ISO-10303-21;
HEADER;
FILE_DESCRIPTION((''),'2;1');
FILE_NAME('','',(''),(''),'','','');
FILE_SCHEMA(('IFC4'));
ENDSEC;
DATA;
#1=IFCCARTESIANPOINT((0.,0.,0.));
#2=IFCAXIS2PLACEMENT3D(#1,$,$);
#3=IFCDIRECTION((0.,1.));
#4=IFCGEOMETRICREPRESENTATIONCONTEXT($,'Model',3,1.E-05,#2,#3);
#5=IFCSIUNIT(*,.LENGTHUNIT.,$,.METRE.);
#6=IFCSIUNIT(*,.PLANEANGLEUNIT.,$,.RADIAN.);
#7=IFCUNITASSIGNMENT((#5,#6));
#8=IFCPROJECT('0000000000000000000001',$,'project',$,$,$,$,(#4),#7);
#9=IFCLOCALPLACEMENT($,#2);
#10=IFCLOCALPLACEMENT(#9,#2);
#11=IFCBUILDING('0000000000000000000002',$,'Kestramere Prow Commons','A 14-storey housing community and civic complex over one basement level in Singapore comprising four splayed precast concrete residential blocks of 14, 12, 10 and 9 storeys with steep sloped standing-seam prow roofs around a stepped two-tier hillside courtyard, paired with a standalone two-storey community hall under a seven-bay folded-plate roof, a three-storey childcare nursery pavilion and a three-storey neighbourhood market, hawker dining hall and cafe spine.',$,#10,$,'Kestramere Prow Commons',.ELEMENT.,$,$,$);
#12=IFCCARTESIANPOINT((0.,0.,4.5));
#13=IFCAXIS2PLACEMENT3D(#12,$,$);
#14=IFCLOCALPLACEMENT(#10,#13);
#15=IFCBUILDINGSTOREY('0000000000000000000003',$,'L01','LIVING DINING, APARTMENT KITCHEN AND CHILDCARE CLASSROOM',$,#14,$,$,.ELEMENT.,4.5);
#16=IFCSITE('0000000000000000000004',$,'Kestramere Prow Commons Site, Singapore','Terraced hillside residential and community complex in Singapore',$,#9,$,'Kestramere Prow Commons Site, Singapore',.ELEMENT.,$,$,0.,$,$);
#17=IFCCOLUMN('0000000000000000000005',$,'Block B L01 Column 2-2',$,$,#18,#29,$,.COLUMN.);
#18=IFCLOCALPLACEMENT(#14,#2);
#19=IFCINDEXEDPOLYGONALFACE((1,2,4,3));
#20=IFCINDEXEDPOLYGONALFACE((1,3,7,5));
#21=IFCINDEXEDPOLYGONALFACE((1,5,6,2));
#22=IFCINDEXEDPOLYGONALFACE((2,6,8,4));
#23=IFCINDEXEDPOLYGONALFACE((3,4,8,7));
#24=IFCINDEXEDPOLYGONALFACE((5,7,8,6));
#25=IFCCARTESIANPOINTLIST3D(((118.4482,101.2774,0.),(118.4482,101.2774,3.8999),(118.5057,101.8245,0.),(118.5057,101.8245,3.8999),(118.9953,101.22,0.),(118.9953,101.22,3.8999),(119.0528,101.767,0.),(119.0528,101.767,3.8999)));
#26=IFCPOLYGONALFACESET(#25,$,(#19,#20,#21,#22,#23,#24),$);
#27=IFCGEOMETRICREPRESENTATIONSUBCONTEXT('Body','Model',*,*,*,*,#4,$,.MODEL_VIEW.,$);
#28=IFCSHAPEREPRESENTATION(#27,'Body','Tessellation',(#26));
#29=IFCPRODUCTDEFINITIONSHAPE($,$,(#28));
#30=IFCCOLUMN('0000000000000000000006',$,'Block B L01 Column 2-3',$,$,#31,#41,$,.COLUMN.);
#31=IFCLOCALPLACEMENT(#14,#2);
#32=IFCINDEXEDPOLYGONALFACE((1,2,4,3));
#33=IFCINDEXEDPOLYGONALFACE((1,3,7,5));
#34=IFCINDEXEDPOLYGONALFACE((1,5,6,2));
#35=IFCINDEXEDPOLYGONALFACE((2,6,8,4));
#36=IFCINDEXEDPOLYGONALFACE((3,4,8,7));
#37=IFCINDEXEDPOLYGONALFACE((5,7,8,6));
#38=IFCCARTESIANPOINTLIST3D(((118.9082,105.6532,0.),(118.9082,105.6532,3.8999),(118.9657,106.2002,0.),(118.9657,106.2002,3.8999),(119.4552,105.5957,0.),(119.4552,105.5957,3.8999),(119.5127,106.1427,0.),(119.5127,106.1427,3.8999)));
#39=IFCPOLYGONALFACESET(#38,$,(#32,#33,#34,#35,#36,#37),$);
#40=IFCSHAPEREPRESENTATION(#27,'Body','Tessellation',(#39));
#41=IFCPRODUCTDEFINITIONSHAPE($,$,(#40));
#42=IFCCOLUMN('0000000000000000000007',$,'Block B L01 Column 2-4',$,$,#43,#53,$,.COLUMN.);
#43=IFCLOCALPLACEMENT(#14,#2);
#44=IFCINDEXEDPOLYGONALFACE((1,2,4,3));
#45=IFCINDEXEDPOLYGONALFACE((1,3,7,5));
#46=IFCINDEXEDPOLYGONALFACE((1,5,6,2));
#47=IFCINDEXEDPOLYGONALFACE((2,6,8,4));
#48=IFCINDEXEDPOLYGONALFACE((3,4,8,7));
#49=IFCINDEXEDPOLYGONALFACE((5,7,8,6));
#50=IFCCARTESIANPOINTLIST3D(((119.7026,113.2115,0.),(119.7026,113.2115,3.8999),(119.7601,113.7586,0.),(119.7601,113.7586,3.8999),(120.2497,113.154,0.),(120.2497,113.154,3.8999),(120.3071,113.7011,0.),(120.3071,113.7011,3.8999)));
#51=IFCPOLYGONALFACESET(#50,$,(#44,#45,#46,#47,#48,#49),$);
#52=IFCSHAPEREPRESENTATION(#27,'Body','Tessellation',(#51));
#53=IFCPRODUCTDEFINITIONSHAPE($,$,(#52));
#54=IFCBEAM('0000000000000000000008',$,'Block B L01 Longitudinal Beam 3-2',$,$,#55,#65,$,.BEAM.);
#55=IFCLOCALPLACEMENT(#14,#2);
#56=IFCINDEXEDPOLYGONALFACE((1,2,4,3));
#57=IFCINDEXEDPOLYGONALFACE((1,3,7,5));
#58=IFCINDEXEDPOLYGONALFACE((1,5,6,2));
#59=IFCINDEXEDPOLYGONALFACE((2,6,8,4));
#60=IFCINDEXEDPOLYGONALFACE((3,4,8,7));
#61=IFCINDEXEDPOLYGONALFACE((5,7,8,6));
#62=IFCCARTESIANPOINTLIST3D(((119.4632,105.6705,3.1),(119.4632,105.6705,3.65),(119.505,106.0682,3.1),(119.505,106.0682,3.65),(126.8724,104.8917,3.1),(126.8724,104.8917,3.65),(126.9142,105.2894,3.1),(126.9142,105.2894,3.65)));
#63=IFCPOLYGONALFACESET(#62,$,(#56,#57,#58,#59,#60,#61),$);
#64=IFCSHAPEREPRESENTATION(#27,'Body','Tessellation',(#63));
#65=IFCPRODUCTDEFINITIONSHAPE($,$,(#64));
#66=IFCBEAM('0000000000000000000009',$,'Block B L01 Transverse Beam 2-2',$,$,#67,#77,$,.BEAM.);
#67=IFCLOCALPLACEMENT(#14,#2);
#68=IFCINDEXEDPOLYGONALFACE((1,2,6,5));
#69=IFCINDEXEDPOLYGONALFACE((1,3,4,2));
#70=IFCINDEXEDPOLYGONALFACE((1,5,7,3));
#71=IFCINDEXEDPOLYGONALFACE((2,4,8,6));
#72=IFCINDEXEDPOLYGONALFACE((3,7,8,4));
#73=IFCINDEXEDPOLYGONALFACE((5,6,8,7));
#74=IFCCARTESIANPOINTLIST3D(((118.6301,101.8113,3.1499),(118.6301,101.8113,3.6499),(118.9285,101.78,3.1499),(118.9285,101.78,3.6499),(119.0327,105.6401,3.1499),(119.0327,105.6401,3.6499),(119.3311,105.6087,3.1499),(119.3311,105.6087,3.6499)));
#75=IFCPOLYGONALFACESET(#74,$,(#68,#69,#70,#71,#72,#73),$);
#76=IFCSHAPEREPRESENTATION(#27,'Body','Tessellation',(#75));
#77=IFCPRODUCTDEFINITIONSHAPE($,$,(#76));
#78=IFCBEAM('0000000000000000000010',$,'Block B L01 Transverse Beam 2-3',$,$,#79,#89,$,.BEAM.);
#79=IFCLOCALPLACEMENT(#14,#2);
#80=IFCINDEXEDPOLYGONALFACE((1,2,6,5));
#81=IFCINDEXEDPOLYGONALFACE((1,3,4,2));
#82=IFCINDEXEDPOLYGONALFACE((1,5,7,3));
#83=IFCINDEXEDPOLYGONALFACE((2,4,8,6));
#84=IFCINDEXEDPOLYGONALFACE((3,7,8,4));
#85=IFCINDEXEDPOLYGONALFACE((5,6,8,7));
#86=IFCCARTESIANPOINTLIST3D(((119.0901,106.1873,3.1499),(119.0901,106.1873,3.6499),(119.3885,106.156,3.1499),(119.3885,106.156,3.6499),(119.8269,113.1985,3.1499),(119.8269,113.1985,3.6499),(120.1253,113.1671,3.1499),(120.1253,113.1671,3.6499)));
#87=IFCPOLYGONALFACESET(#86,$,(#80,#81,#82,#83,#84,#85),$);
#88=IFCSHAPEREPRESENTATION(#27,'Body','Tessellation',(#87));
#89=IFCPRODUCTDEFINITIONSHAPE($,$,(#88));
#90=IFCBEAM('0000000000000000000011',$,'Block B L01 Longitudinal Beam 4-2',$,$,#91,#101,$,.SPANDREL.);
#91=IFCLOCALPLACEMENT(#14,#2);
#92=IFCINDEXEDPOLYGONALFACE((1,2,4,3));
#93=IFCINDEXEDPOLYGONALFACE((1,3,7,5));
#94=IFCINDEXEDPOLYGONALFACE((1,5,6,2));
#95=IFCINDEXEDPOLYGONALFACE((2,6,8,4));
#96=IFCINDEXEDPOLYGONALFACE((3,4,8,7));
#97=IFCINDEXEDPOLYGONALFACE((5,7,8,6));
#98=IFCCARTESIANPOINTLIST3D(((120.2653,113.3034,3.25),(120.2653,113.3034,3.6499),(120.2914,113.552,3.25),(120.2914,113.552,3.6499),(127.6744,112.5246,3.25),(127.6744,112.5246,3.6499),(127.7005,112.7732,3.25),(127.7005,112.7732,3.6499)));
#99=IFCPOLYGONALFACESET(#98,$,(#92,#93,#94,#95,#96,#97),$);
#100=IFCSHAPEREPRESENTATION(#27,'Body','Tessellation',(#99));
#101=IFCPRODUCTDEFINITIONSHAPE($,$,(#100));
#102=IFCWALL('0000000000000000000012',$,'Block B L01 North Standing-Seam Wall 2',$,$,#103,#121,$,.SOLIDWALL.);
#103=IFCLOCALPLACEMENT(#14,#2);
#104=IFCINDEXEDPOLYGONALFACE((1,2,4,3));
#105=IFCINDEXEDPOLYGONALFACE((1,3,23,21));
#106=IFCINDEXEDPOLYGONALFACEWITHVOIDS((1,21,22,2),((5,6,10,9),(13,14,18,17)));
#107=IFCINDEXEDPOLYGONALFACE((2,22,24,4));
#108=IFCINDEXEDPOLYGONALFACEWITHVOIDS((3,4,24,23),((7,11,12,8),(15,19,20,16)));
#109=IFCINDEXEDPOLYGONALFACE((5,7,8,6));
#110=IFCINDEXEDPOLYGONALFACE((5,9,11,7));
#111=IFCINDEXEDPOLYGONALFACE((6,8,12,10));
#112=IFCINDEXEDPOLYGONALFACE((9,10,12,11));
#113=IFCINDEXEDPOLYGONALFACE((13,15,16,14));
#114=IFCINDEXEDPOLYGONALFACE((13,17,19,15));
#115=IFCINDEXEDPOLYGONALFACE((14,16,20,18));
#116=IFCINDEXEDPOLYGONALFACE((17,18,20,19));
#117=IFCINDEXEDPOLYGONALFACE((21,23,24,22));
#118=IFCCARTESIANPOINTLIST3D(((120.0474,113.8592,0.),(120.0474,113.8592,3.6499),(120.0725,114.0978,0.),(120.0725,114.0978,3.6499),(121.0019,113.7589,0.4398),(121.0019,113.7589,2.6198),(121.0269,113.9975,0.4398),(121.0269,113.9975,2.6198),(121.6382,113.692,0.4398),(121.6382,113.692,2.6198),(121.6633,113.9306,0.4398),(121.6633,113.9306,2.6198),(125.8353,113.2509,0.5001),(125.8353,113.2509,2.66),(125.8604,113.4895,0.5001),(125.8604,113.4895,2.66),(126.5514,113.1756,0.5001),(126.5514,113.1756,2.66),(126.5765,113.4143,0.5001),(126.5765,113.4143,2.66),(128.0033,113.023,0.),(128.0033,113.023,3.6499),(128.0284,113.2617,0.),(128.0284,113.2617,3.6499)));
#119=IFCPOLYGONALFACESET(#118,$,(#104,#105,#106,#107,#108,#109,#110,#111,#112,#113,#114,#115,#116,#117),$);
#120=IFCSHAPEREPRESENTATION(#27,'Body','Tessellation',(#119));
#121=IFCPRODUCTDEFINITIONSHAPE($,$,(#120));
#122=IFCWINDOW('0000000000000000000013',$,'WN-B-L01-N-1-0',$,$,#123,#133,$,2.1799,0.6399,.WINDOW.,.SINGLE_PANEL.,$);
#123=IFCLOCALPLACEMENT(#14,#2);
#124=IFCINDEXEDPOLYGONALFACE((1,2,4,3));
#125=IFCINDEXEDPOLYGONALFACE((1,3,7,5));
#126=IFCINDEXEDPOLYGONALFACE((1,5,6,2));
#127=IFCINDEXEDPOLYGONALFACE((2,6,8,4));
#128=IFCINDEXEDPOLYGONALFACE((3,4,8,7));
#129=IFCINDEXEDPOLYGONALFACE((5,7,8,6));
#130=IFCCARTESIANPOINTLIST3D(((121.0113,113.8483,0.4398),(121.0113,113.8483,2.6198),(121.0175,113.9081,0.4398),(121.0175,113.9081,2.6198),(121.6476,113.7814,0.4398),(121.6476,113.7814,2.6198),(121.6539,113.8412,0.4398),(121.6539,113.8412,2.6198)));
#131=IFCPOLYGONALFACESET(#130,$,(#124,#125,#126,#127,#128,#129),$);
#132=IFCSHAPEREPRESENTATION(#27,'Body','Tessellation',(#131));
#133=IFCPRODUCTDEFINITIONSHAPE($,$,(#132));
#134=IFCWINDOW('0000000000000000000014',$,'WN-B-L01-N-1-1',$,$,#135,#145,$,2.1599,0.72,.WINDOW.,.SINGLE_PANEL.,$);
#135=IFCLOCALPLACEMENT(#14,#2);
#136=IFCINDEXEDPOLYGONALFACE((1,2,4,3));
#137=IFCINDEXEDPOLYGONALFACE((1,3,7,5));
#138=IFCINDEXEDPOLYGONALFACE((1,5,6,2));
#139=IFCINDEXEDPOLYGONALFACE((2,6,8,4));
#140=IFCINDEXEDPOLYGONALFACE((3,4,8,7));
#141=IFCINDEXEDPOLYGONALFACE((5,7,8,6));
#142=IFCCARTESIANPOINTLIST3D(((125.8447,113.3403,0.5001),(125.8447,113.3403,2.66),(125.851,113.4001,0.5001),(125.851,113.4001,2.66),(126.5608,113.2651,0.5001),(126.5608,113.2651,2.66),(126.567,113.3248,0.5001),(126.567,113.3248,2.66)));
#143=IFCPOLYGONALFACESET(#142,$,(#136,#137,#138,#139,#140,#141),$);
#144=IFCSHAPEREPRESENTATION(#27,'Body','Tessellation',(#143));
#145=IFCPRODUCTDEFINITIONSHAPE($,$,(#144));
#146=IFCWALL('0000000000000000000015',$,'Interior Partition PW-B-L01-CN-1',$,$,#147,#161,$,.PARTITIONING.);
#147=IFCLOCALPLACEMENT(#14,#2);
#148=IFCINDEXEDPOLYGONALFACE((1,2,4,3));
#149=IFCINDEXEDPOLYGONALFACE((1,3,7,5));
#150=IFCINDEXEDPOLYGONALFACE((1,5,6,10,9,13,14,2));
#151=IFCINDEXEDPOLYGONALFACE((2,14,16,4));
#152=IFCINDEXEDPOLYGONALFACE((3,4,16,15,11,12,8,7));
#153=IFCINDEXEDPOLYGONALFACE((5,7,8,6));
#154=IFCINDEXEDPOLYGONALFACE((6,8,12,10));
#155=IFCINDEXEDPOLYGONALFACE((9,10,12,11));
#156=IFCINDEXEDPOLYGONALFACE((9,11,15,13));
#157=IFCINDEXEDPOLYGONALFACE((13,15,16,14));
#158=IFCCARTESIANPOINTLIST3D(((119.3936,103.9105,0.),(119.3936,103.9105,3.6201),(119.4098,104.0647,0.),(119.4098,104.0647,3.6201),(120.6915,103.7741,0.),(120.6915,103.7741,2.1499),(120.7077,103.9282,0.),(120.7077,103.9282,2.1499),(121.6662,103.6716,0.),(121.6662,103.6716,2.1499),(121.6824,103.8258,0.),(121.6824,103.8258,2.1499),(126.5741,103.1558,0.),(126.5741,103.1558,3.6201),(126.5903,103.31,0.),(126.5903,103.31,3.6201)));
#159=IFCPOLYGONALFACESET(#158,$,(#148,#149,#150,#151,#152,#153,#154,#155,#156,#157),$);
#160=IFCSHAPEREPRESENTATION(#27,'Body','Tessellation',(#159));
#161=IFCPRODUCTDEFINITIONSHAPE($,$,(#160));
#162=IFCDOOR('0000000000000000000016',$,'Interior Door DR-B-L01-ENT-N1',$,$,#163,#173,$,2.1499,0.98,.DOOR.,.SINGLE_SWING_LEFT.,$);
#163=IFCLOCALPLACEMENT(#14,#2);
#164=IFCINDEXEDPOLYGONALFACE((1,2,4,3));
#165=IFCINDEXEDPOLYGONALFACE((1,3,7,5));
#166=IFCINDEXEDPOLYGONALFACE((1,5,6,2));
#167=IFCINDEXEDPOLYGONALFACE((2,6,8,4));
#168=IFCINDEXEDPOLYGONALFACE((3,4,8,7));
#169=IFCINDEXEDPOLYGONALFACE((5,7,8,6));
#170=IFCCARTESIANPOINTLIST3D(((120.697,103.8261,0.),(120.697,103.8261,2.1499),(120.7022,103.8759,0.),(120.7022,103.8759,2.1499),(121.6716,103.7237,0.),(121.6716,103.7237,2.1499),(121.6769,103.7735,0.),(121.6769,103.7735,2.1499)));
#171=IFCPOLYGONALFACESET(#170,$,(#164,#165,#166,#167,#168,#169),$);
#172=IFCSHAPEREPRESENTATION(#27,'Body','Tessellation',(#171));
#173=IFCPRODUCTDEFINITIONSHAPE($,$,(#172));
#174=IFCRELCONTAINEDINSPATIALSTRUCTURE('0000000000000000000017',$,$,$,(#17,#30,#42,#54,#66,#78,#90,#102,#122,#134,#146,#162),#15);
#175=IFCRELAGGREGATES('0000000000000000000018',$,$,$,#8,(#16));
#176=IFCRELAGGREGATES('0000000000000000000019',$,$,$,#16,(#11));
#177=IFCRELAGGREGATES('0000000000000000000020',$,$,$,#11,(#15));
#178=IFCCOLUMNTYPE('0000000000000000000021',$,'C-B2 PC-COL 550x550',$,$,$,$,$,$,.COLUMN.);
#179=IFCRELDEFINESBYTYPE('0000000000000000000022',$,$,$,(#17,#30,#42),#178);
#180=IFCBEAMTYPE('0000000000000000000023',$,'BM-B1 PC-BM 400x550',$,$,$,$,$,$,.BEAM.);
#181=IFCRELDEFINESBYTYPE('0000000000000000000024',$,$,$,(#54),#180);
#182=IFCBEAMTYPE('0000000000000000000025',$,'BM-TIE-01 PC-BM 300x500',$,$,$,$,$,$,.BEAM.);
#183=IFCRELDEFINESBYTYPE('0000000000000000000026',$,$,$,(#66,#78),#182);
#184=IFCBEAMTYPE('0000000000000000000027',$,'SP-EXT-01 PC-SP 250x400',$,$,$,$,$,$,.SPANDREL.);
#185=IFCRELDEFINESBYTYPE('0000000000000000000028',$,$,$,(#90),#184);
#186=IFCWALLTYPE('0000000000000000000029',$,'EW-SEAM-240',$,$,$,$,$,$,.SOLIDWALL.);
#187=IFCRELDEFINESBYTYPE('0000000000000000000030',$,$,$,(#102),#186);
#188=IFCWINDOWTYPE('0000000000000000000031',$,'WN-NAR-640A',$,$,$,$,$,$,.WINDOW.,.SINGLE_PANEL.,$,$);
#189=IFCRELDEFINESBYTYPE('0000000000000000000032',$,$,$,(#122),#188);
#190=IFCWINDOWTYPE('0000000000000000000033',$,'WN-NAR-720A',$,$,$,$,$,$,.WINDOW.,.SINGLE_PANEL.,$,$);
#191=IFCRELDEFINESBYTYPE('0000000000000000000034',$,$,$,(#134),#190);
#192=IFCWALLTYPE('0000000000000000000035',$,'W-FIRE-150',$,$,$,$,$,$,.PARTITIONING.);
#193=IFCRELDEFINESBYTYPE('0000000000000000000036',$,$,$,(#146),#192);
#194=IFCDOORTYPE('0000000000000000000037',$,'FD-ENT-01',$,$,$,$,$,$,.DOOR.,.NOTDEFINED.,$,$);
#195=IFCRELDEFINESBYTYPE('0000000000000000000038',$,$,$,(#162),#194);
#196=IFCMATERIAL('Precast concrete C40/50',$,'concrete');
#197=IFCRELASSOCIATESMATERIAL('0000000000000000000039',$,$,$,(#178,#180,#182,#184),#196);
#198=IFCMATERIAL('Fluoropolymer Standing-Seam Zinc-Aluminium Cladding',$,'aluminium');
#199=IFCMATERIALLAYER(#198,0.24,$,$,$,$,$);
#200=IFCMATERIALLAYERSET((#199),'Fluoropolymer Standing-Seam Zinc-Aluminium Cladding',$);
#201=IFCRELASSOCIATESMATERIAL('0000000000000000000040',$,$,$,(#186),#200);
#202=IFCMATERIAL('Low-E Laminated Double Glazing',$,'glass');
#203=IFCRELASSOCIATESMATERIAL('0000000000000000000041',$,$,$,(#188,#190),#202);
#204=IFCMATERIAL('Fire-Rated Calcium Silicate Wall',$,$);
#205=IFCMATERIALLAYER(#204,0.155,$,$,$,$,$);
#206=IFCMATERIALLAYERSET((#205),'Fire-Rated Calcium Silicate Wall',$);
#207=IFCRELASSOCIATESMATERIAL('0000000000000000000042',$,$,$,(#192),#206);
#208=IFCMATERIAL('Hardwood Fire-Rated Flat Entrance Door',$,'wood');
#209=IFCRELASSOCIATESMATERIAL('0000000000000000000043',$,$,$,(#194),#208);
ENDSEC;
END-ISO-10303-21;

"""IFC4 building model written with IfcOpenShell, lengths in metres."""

from ifc_helpers import new_model, si_unit, direction, frame, frame_2d, origin, origin_2d, place, context, subcontext, project, spatial, rectangle, extrude, material, layer, layer_set, material_profile, profile_set, type_object, element, fill, save


model = new_model("IFC4")

# Units and contexts
model_context = context("Model", 3, precision=1e-05, world=origin(), true_north=direction((0.0, 1.0)))
body_context = subcontext(model_context, "Body", "Model", "MODEL_VIEW")
ifc_project = project(units=[si_unit("LENGTHUNIT", "METRE"), si_unit("PLANEANGLEUNIT", "RADIAN")], contexts=[model_context])

# Site, building, storey
site_placement = place(None, origin())
site = spatial("IfcSite", under=ifc_project, at=site_placement, Name="Kestramere Prow Commons Site, Singapore", Description="Terraced hillside residential and community complex in Singapore", LongName="Kestramere Prow Commons Site, Singapore", CompositionType="ELEMENT", RefElevation=0.0)
building_placement = place(site_placement, origin())
building = spatial("IfcBuilding", under=site, at=building_placement, Name="Kestramere Prow Commons", Description="A 14-storey housing community and civic complex over one basement level in Singapore comprising four splayed precast concrete residential blocks of 14, 12, 10 and 9 storeys with steep sloped standing-seam prow roofs around a stepped two-tier hillside courtyard, paired with a standalone two-storey community hall under a seven-bay folded-plate roof, a three-storey childcare nursery pavilion and a three-storey neighbourhood market, hawker dining hall and cafe spine.", LongName="Kestramere Prow Commons", CompositionType="ELEMENT")
storey_placement = place(building_placement, frame((0.0, 0.0, 4.5)))
storey = spatial("IfcBuildingStorey", under=building, at=storey_placement, Name="L01", Description="LIVING DINING, APARTMENT KITCHEN AND CHILDCARE CLASSROOM", CompositionType="ELEMENT", Elevation=4.5)

# Columns
ifc_material_1 = material(Name="Precast concrete C40/50", Category="concrete")
ifc_material_profile_1 = material_profile(ifc_material_1, rectangle(XDim=0.55, YDim=0.55, at=origin_2d()), Name="PC-COL 550x550")
ifc_profile_set_1 = profile_set([ifc_material_profile_1], Name="Precast concrete C40/50")
column_type = type_object("IfcColumnType", Name="C-B2 PC-COL 550x550", PredefinedType="COLUMN", material=ifc_profile_set_1)
for number, where, z_axis, x_axis, name in (
    (1, (118.7505, 101.5222, 0.0), (0.0, 0.0, 1.0), (0.994522, -0.104528, 0.0), "Block B L01 Column 2-2"),
    (2, (119.2104, 105.8979, 0.0), (0.0, 0.0, 1.0), (0.994522, -0.104528, 0.0), "Block B L01 Column 2-3"),
    (3, (120.0049, 113.4563, 0.0), (0.0, 0.0, 1.0), (0.994522, -0.104528, 0.0), "Block B L01 Column 2-4"),
):
    element("IfcColumn", number, at=place(storey_placement, frame(where, z_axis=z_axis, x_axis=x_axis)), inside=storey, type_object=column_type, Name=name, PredefinedType="COLUMN", context=body_context, shape_type="SweptSolid", body=[
        extrude(rectangle(XDim=0.55, YDim=0.55, at=origin_2d()), origin(), (0.0, 0.0, 1.0), 3.8999),
    ])

# Beams
ifc_material_profile_2 = material_profile(ifc_material_1, rectangle(XDim=0.3999, YDim=0.55, at=origin_2d()), Name="PC-BM 400x550")
ifc_profile_set_2 = profile_set([ifc_material_profile_2], Name="Precast concrete C40/50")
beam_type_1 = type_object("IfcBeamType", Name="BM-B1 PC-BM 400x550", PredefinedType="BEAM", material=ifc_profile_set_2)
beam_1_placement = place(storey_placement, frame((119.4841, 105.8694, 3.375), z_axis=(0.994521, -0.104538, 0.0), x_axis=(0.104538, 0.994521, 0.0)))
element("IfcBeam", 4, at=beam_1_placement, inside=storey, type_object=beam_type_1, Name="Block B L01 Longitudinal Beam 3-2", PredefinedType="BEAM", context=body_context, shape_type="SweptSolid", body=[
    extrude(rectangle(XDim=0.3999, YDim=0.55, at=origin_2d()), origin(), (0.0, 0.0, 1.0), 7.45),
])
ifc_material_profile_3 = material_profile(ifc_material_1, rectangle(XDim=0.3, YDim=0.5, at=origin_2d()), Name="PC-BM 300x500")
ifc_profile_set_3 = profile_set([ifc_material_profile_3], Name="Precast concrete C40/50")
beam_type_2 = type_object("IfcBeamType", Name="BM-TIE-01 PC-BM 300x500", PredefinedType="BEAM", material=ifc_profile_set_3)
beam_2_placement = place(storey_placement, frame((118.7793, 101.7957, 3.3999), z_axis=(0.104569, 0.994518, 0.0), x_axis=(-0.994518, 0.104569, 0.0)))
element("IfcBeam", 5, at=beam_2_placement, inside=storey, type_object=beam_type_2, Name="Block B L01 Transverse Beam 2-2", PredefinedType="BEAM", context=body_context, shape_type="SweptSolid", body=[
    extrude(rectangle(XDim=0.3, YDim=0.5, at=origin_2d()), origin(), (0.0, 0.0, 1.0), 3.8499),
])
beam_3_placement = place(storey_placement, frame((119.2393, 106.1716, 3.3999), z_axis=(0.104515, 0.994523, 0.0), x_axis=(-0.994523, 0.104515, 0.0)))
element("IfcBeam", 6, at=beam_3_placement, inside=storey, type_object=beam_type_2, Name="Block B L01 Transverse Beam 2-3", PredefinedType="BEAM", context=body_context, shape_type="SweptSolid", body=[
    extrude(rectangle(XDim=0.3, YDim=0.5, at=origin_2d()), origin(), (0.0, 0.0, 1.0), 7.0498),
])
ifc_material_profile_4 = material_profile(ifc_material_1, rectangle(XDim=0.25, YDim=0.3999, at=origin_2d()), Name="PC-SP 250x400")
ifc_profile_set_4 = profile_set([ifc_material_profile_4], Name="Precast concrete C40/50")
beam_type_3 = type_object("IfcBeamType", Name="SP-EXT-01 PC-SP 250x400", PredefinedType="SPANDREL", material=ifc_profile_set_4)
beam_4_placement = place(storey_placement, frame((120.2783, 113.4277, 3.45), z_axis=(0.994521, -0.104538, 0.0), x_axis=(0.104538, 0.994521, 0.0)))
element("IfcBeam", 7, at=beam_4_placement, inside=storey, type_object=beam_type_3, Name="Block B L01 Longitudinal Beam 4-2", PredefinedType="SPANDREL", context=body_context, shape_type="SweptSolid", body=[
    extrude(rectangle(XDim=0.25, YDim=0.3999, at=origin_2d()), origin(), (0.0, 0.0, 1.0), 7.45),
])

# Wall, openings, windows
ifc_material_2 = material(Name="Fluoropolymer Standing-Seam Zinc-Aluminium Cladding", Category="aluminium")
ifc_layer_1 = layer(ifc_material_2, 0.24)
ifc_layer_set_1 = layer_set([ifc_layer_1], Name="Fluoropolymer Standing-Seam Zinc-Aluminium Cladding")
wall_type_1 = type_object("IfcWallType", Name="EW-SEAM-240", PredefinedType="SOLIDWALL", material=ifc_layer_set_1)
wall_1_placement = place(storey_placement, frame((120.0598, 113.9785, 0.0), z_axis=(0.0, 0.0, 1.0), x_axis=(0.994522, -0.104524, 0.0)))
wall_1 = element("IfcWall", 8, at=wall_1_placement, inside=storey, type_object=wall_type_1, Name="Block B L01 North Standing-Seam Wall 2", PredefinedType="SOLIDWALL", context=body_context, shape_type="SweptSolid", body=[
    extrude(rectangle(XDim=7.9998, YDim=0.24, at=frame_2d((4.0, 0.0))), origin(), (0.0, 0.0, 1.0), 3.6499),
])
opening_1_placement = place(wall_1_placement, frame((0.96, 0.0, 0.4399)))
opening_1 = element("IfcOpeningElement", 9, at=opening_1_placement, cuts=wall_1, PredefinedType="OPENING", context=body_context, shape_type="SweptSolid", body=[
    extrude(rectangle(XDim=0.6399, YDim=2.1799, at=frame_2d((0.3198, 1.0898))), frame((0.0, 0.135, 0.0), z_axis=(0.0, -1.0, 0.0), x_axis=(1.0, 0.0, 0.0)), (0.0, 0.0, 1.0), 0.27),
])
opening_2_placement = place(wall_1_placement, frame((5.8201, 0.0, 0.5)))
opening_2 = element("IfcOpeningElement", 10, at=opening_2_placement, cuts=wall_1, PredefinedType="OPENING", context=body_context, shape_type="SweptSolid", body=[
    extrude(rectangle(XDim=0.72, YDim=2.1599, at=frame_2d((0.3599, 1.0801))), frame((0.0, 0.135, 0.0), z_axis=(0.0, -1.0, 0.0), x_axis=(1.0, 0.0, 0.0)), (0.0, 0.0, 1.0), 0.27),
])
ifc_material_3 = material(Name="Low-E Laminated Double Glazing", Category="glass")
window_type_1 = type_object("IfcWindowType", Name="WN-NAR-640A", PartitioningType="SINGLE_PANEL", PredefinedType="WINDOW", material=ifc_material_3)
window_1_placement = place(opening_1_placement, origin())
window_1 = element("IfcWindow", 11, at=window_1_placement, inside=storey, type_object=window_type_1, Name="WN-B-L01-N-1-0", OverallHeight=2.1799, OverallWidth=0.6399, PartitioningType="SINGLE_PANEL", PredefinedType="WINDOW", context=body_context, shape_type="SweptSolid", body=[
    extrude(rectangle(XDim=0.6399, YDim=2.1799, at=frame_2d((0.3198, 1.0898))), frame((0.0, 0.03, 0.0), z_axis=(0.0, -1.0, 0.0), x_axis=(1.0, 0.0, 0.0)), (0.0, 0.0, 1.0), 0.0601),
])
fill(opening_1, window_1)
window_type_2 = type_object("IfcWindowType", Name="WN-NAR-720A", PartitioningType="SINGLE_PANEL", PredefinedType="WINDOW", material=ifc_material_3)
window_2_placement = place(opening_2_placement, origin())
window_2 = element("IfcWindow", 12, at=window_2_placement, inside=storey, type_object=window_type_2, Name="WN-B-L01-N-1-1", OverallHeight=2.1599, OverallWidth=0.72, PartitioningType="SINGLE_PANEL", PredefinedType="WINDOW", context=body_context, shape_type="SweptSolid", body=[
    extrude(rectangle(XDim=0.72, YDim=2.1599, at=frame_2d((0.3599, 1.0801))), frame((0.0, 0.03, 0.0), z_axis=(0.0, -1.0, 0.0), x_axis=(1.0, 0.0, 0.0)), (0.0, 0.0, 1.0), 0.0601),
])
fill(opening_2, window_2)

# Wall, opening, door
ifc_material_4 = material(Name="Fire-Rated Calcium Silicate Wall")
ifc_layer_2 = layer(ifc_material_4, 0.155)
ifc_layer_set_2 = layer_set([ifc_layer_2], Name="Fire-Rated Calcium Silicate Wall")
wall_type_2 = type_object("IfcWallType", Name="W-FIRE-150", PredefinedType="PARTITIONING", material=ifc_layer_set_2)
wall_2_placement = place(storey_placement, frame((119.4019, 103.9875, 0.0), z_axis=(0.0, 0.0, 1.0), x_axis=(0.994523, -0.104521, 0.0)))
wall_2 = element("IfcWall", 13, at=wall_2_placement, inside=storey, type_object=wall_type_2, Name="Interior Partition PW-B-L01-CN-1", PredefinedType="PARTITIONING", context=body_context, shape_type="SweptSolid", body=[
    extrude(rectangle(XDim=7.22, YDim=0.155, at=frame_2d((3.6099, 0.0))), origin(), (0.0, 0.0, 1.0), 3.6201),
])
opening_3_placement = place(wall_2_placement, frame((1.3049, 0.0, 0.0)))
opening_3 = element("IfcOpeningElement", 14, at=opening_3_placement, cuts=wall_2, PredefinedType="OPENING", context=body_context, shape_type="SweptSolid", body=[
    extrude(rectangle(XDim=0.98, YDim=2.1499, at=frame_2d((0.49, 1.075))), frame((0.0, 0.0925, 0.0), z_axis=(0.0, -1.0, 0.0), x_axis=(1.0, 0.0, 0.0)), (0.0, 0.0, 1.0), 0.1851),
])
ifc_material_5 = material(Name="Hardwood Fire-Rated Flat Entrance Door", Category="wood")
door_type_1 = type_object("IfcDoorType", Name="FD-ENT-01", OperationType="NOTDEFINED", PredefinedType="DOOR", material=ifc_material_5)
door_1_placement = place(opening_3_placement, origin())
door_1 = element("IfcDoor", 15, at=door_1_placement, inside=storey, type_object=door_type_1, Name="Interior Door DR-B-L01-ENT-N1", OperationType="SINGLE_SWING_LEFT", OverallHeight=2.1499, OverallWidth=0.98, PredefinedType="DOOR", context=body_context, shape_type="SweptSolid", body=[
    extrude(rectangle(XDim=0.98, YDim=2.1499, at=frame_2d((0.49, 1.075))), frame((0.0, 0.0249, 0.0), z_axis=(0.0, -1.0, 0.0), x_axis=(1.0, 0.0, 0.0)), (0.0, 0.0, 1.0), 0.05),
])
fill(opening_3, door_1)

save(model, "model.ifc")
